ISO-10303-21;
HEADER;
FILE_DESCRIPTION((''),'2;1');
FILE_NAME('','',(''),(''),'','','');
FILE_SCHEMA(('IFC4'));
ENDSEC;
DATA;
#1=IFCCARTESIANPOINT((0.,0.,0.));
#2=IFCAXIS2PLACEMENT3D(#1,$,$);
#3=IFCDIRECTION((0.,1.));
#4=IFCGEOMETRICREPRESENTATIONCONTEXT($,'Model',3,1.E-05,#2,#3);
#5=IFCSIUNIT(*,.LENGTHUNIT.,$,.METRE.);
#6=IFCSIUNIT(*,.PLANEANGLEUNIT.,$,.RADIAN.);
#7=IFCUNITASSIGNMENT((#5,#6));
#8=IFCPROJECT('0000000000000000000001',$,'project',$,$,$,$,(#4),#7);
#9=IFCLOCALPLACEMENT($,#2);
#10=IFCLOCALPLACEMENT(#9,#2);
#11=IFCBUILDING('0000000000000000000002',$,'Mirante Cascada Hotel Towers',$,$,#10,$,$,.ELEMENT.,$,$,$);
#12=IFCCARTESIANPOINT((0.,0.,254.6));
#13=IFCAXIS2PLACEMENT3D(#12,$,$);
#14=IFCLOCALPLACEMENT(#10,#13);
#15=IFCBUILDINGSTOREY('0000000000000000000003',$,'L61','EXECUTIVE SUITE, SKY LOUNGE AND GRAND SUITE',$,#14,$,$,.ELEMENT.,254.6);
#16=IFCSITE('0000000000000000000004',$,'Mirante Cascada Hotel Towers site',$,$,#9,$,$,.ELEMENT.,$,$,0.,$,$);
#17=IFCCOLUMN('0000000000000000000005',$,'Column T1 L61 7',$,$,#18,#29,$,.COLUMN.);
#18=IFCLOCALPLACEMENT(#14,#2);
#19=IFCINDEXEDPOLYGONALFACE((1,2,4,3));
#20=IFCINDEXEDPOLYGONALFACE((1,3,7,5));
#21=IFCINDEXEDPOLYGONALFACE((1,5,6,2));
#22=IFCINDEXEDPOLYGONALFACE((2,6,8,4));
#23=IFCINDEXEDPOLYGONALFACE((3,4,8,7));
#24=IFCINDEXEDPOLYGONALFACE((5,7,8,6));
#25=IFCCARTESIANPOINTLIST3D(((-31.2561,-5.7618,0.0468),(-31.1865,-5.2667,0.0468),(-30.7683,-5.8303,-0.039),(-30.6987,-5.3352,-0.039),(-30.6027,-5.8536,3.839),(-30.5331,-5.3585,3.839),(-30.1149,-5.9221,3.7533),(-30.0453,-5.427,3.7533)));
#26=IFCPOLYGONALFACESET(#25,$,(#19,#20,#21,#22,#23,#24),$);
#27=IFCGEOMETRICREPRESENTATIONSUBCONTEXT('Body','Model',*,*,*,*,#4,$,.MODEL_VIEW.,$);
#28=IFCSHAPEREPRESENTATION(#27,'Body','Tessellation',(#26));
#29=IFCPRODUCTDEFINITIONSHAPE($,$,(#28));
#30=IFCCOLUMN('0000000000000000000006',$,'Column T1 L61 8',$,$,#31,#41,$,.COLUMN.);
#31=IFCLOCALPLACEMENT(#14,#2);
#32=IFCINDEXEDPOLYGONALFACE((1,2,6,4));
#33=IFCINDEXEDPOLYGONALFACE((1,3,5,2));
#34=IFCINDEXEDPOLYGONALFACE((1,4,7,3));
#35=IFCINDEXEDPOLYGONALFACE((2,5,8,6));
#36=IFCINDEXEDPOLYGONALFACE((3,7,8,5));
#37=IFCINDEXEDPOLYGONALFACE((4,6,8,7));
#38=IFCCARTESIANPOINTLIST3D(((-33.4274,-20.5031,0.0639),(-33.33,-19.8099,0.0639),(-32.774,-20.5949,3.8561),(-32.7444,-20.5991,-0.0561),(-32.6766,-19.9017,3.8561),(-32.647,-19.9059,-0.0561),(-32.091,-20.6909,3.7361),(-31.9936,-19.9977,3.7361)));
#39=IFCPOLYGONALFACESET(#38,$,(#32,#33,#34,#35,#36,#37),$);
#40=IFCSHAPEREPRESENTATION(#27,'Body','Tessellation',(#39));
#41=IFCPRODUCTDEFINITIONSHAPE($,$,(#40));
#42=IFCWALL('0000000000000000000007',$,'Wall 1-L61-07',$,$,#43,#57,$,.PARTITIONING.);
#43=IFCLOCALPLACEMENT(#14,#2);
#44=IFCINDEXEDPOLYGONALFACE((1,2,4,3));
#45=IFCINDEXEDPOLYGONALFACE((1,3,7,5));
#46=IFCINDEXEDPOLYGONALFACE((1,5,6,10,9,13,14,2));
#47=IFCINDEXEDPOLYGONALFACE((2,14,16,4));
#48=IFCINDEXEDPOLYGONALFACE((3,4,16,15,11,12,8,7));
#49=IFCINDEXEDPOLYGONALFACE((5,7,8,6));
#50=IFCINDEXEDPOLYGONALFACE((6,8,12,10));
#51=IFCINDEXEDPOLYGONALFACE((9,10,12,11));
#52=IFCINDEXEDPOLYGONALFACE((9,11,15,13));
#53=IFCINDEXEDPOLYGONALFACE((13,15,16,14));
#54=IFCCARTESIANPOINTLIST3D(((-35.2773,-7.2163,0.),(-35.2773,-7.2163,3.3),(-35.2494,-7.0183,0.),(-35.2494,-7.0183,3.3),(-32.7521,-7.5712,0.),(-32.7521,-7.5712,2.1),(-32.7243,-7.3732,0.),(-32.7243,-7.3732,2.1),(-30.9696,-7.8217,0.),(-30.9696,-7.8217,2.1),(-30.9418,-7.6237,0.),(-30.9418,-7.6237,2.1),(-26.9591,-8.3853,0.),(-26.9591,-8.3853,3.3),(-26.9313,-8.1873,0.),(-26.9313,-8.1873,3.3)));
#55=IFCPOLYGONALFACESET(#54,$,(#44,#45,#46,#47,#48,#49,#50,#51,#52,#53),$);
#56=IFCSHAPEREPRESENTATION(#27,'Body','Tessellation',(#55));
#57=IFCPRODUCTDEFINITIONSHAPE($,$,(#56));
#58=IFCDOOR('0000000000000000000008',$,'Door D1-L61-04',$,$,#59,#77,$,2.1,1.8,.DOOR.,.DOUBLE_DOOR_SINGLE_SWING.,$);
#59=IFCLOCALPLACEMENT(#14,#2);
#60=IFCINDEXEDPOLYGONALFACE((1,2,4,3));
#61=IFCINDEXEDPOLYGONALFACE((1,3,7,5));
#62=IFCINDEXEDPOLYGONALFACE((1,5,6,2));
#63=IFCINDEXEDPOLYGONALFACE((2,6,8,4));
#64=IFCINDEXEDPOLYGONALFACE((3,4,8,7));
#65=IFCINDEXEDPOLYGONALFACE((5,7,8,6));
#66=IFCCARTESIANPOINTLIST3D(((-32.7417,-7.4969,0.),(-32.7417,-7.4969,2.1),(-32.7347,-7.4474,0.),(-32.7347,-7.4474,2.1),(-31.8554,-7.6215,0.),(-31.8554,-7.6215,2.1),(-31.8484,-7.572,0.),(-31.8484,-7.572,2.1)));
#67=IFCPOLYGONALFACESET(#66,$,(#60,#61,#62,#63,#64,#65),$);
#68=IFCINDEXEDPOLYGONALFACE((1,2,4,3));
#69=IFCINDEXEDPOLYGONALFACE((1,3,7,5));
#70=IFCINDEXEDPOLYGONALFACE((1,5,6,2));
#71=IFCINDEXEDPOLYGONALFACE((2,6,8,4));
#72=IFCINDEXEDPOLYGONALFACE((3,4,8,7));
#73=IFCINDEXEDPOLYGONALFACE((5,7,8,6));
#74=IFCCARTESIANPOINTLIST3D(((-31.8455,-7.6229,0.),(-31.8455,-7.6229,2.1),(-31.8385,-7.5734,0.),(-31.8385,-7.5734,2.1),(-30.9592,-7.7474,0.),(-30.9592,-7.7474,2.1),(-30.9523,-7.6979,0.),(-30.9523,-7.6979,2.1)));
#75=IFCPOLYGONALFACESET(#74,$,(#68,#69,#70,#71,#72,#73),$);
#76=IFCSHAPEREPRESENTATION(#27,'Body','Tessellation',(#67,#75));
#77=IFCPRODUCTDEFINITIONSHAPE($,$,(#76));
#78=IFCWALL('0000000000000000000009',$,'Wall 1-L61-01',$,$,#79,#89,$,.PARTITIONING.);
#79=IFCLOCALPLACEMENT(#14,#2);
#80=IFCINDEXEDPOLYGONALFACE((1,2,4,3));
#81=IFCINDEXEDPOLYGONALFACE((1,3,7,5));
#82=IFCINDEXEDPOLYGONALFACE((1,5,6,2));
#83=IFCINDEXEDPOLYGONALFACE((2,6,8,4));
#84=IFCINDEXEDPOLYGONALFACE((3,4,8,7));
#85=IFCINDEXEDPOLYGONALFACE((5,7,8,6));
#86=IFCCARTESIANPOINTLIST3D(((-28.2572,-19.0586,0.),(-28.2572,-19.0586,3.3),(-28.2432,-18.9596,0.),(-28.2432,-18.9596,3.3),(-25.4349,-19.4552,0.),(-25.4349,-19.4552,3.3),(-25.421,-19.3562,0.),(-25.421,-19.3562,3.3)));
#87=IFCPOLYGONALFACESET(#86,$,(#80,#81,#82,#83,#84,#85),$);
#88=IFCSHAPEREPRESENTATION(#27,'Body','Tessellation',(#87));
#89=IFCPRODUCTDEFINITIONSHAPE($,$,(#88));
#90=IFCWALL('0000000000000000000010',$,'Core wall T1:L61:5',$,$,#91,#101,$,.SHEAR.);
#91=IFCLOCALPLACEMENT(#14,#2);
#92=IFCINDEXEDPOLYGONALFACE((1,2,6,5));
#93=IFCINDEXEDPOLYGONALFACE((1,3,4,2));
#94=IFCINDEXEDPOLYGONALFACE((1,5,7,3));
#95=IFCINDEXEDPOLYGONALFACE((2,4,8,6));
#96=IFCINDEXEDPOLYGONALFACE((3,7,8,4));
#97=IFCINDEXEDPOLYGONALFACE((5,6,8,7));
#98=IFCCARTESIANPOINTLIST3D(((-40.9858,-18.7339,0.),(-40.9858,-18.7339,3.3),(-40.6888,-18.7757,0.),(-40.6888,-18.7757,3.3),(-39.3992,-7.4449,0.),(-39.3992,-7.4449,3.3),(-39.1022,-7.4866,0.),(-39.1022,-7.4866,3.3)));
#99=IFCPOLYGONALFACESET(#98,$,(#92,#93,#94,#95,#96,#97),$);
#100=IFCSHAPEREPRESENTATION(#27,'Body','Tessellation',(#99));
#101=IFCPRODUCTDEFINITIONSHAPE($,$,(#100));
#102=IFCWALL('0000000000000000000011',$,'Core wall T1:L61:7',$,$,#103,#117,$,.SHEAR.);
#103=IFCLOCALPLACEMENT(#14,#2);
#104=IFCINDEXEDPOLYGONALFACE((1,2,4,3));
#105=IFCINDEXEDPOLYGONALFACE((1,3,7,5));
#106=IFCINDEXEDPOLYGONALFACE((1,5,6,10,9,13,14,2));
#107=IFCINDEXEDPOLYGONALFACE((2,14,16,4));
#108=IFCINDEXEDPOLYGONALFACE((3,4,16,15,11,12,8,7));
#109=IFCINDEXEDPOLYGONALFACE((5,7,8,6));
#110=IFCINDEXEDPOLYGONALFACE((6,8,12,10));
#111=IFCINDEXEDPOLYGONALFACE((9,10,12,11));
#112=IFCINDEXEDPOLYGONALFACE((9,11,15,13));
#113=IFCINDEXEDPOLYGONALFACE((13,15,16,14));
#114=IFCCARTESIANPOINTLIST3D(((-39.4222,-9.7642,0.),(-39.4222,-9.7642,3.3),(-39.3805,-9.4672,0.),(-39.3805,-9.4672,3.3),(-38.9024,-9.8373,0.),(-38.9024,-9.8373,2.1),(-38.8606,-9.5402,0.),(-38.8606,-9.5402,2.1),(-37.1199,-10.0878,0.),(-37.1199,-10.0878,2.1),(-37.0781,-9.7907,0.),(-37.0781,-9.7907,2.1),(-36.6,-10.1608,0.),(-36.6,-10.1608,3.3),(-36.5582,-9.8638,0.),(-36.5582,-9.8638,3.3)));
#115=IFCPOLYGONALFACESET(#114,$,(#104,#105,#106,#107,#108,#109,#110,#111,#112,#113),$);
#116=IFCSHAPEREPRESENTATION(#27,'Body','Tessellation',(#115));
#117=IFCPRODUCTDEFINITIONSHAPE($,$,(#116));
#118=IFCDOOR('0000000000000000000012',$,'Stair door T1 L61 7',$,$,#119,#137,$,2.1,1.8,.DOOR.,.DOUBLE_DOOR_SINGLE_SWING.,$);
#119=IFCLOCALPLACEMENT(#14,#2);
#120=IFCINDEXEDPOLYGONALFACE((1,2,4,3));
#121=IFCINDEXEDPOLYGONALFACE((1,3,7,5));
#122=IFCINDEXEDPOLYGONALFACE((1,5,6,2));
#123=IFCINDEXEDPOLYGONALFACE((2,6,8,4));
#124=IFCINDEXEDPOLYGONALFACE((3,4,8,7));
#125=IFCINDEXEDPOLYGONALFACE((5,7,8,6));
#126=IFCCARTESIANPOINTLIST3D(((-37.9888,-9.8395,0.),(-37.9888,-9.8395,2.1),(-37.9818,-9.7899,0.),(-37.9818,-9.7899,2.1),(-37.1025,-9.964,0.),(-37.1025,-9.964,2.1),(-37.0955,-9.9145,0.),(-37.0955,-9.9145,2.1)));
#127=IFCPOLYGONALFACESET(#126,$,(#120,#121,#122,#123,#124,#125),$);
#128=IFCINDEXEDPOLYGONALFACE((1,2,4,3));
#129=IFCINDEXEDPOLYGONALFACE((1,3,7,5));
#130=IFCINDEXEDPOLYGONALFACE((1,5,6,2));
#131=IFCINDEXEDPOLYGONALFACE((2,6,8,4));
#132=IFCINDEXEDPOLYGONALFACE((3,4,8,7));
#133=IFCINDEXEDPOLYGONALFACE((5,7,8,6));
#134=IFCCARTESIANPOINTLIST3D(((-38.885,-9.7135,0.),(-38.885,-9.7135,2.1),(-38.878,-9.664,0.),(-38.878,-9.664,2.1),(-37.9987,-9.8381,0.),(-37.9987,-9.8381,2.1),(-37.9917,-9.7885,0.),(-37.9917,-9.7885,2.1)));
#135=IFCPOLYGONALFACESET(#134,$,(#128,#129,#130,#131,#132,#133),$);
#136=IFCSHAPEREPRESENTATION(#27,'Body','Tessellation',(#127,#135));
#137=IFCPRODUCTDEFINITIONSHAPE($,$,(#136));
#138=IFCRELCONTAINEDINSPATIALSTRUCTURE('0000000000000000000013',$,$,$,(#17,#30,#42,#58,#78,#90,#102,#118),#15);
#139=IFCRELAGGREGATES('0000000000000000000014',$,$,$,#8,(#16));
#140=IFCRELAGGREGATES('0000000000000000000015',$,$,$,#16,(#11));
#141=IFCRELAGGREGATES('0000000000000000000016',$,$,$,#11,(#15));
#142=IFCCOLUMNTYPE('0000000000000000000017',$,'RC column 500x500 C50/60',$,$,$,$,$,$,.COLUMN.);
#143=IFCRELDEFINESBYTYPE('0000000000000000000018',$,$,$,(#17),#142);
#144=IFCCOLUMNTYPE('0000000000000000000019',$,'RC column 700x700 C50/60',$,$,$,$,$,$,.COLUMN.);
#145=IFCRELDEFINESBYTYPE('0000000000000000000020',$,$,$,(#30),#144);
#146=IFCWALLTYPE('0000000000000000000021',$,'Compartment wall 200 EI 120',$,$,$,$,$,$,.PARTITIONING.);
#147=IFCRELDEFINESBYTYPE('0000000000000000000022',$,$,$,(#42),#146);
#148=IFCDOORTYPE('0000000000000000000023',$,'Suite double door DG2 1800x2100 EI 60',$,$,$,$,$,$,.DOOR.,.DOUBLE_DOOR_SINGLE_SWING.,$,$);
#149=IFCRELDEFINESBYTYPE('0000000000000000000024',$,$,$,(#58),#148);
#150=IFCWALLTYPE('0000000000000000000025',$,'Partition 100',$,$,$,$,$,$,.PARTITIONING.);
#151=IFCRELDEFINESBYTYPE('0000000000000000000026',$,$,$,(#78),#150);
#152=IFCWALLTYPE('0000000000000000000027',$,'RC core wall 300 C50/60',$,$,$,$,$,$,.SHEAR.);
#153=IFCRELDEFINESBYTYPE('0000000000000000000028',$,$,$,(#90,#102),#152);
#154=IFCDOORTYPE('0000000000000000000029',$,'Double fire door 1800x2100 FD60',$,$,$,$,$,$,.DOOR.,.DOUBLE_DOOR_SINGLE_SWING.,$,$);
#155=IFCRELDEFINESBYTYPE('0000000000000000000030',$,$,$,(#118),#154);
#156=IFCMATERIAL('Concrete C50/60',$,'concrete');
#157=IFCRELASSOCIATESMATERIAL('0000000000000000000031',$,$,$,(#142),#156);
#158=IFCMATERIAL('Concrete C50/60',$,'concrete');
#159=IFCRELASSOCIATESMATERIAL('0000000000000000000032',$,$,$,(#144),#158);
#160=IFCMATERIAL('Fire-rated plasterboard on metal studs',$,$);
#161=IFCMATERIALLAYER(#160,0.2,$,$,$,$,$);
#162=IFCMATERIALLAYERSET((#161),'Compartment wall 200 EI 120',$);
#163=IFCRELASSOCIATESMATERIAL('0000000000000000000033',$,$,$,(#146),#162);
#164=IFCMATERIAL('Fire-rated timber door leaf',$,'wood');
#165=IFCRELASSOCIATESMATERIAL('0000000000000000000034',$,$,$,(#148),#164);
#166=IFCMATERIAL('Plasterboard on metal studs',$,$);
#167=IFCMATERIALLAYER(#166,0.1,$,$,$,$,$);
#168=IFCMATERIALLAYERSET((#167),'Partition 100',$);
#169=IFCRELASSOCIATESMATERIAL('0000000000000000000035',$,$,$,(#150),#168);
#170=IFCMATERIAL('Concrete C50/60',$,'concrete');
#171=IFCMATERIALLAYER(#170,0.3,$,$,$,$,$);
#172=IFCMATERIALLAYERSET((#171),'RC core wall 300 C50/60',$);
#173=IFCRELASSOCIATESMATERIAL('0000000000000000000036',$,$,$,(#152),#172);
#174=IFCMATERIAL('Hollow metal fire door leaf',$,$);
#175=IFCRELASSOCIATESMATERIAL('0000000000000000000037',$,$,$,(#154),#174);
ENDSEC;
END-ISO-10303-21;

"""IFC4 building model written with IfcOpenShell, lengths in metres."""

from ifc_helpers import new_model, si_unit, direction, frame, frame_2d, origin, origin_2d, place, context, subcontext, project, spatial, rectangle, extrude, material, layer, layer_set, material_profile, profile_set, type_object, element, fill, save


model = new_model("IFC4")

# Units and contexts
model_context = context("Model", 3, precision=1e-05, world=origin(), true_north=direction((0.0, 1.0)))
body_context = subcontext(model_context, "Body", "Model", "MODEL_VIEW")
ifc_project = project(units=[si_unit("LENGTHUNIT", "METRE"), si_unit("PLANEANGLEUNIT", "RADIAN")], contexts=[model_context])

# Site, building, storey
site_placement = place(None, origin())
site = spatial("IfcSite", under=ifc_project, at=site_placement, Name="Mirante Cascada Hotel Towers site", CompositionType="ELEMENT", RefElevation=0.0)
building_placement = place(site_placement, origin())
building = spatial("IfcBuilding", under=site, at=building_placement, Name="Mirante Cascada Hotel Towers", CompositionType="ELEMENT")
storey_placement = place(building_placement, frame((0.0, 0.0, 254.6)))
storey = spatial("IfcBuildingStorey", under=building, at=storey_placement, Name="L61", Description="EXECUTIVE SUITE, SKY LOUNGE AND GRAND SUITE", CompositionType="ELEMENT", Elevation=254.6)

# Columns
ifc_material_1 = material(Name="Concrete C50/60", Category="concrete")
ifc_material_profile_1 = material_profile(ifc_material_1, rectangle(XDim=0.5, YDim=0.5, at=origin_2d()), Name="RC column 500x500 C50/60")
ifc_profile_set_1 = profile_set([ifc_material_profile_1], Name="Concrete C50/60")
column_type_1 = type_object("IfcColumnType", Name="RC column 500x500 C50/60", PredefinedType="COLUMN", material=ifc_profile_set_1)
column_1_placement = place(storey_placement, frame((-30.9774, -5.5485, 0.0039), z_axis=(0.169751, -0.023849, 0.985198), x_axis=(0.139129, 0.990274, 0.0)))
element("IfcColumn", 1, at=column_1_placement, inside=storey, type_object=column_type_1, Name="Column T1 L61 7", PredefinedType="COLUMN", context=body_context, shape_type="SweptSolid", body=[
    extrude(rectangle(XDim=0.5, YDim=0.5, at=origin_2d()), origin(), (0.0, 0.0, 1.0), 3.8492),
])
ifc_material_2 = material(Name="Concrete C50/60", Category="concrete")
ifc_material_profile_2 = material_profile(ifc_material_2, rectangle(XDim=0.7, YDim=0.7, at=origin_2d()), Name="RC column 700x700 C50/60")
ifc_profile_set_2 = profile_set([ifc_material_profile_2], Name="Concrete C50/60")
column_type_2 = type_object("IfcColumnType", Name="RC column 700x700 C50/60", PredefinedType="COLUMN", material=ifc_profile_set_2)
column_2_placement = place(storey_placement, frame((-33.0372, -20.2045, 0.0039), z_axis=(0.169751, -0.023849, 0.985198), x_axis=(0.139129, 0.990274, 0.0)))
element("IfcColumn", 2, at=column_2_placement, inside=storey, type_object=column_type_2, Name="Column T1 L61 8", PredefinedType="COLUMN", context=body_context, shape_type="SweptSolid", body=[
    extrude(rectangle(XDim=0.7, YDim=0.7, at=origin_2d()), origin(), (0.0, 0.0, 1.0), 3.8492),
])

# Wall, opening, door
ifc_material_3 = material(Name="Fire-rated plasterboard on metal studs")
ifc_layer_1 = layer(ifc_material_3, 0.2)
ifc_layer_set_1 = layer_set([ifc_layer_1], Name="Compartment wall 200 EI 120")
wall_type_1 = type_object("IfcWallType", Name="Compartment wall 200 EI 120", PredefinedType="PARTITIONING", material=ifc_layer_set_1)
wall_1_placement = place(storey_placement, frame((-35.2634, -7.1173, 0.0), z_axis=(0.0, 0.0, 1.0), x_axis=(0.990269, -0.139168, 0.0)))
wall_1 = element("IfcWall", 3, at=wall_1_placement, inside=storey, type_object=wall_type_1, Name="Wall 1-L61-07", PredefinedType="PARTITIONING", context=body_context, shape_type="SweptSolid", body=[
    extrude(rectangle(XDim=8.3999, YDim=0.2, at=frame_2d((4.2, 0.0))), origin(), (0.0, 0.0, 1.0), 3.3),
])
opening_1_placement = place(wall_1_placement, frame((2.55, 0.0, 0.0)))
opening_1 = element("IfcOpeningElement", 4, at=opening_1_placement, cuts=wall_1, PredefinedType="OPENING", context=body_context, shape_type="SweptSolid", body=[
    extrude(rectangle(XDim=1.8, YDim=2.1, at=frame_2d((0.9, 1.05))), frame((0.0, 0.1, 0.0), z_axis=(0.0, -1.0, 0.0), x_axis=(1.0, 0.0, 0.0)), (0.0, 0.0, 1.0), 0.2),
])
ifc_material_4 = material(Name="Fire-rated timber door leaf", Category="wood")
door_type_1 = type_object("IfcDoorType", Name="Suite double door DG2 1800x2100 EI 60", OperationType="DOUBLE_DOOR_SINGLE_SWING", PredefinedType="DOOR", material=ifc_material_4)
door_1_placement = place(opening_1_placement, origin())
door_1 = element("IfcDoor", 5, at=door_1_placement, inside=storey, type_object=door_type_1, Name="Door D1-L61-04", OperationType="DOUBLE_DOOR_SINGLE_SWING", OverallHeight=2.1, OverallWidth=1.8, PredefinedType="DOOR", context=body_context, shape_type="SweptSolid", body=[
    extrude(rectangle(XDim=0.895, YDim=2.1, at=frame_2d((0.4475, 1.05))), frame((0.0, 0.025, 0.0), z_axis=(0.0, -1.0, 0.0), x_axis=(1.0, 0.0, 0.0)), (0.0, 0.0, 1.0), 0.05),
    extrude(rectangle(XDim=0.895, YDim=2.1, at=frame_2d((1.3525, 1.05))), frame((0.0, 0.025, 0.0), z_axis=(0.0, -1.0, 0.0), x_axis=(1.0, 0.0, 0.0)), (0.0, 0.0, 1.0), 0.05),
])
fill(opening_1, door_1)

# Walls
ifc_material_5 = material(Name="Plasterboard on metal studs")
ifc_layer_2 = layer(ifc_material_5, 0.1)
ifc_layer_set_2 = layer_set([ifc_layer_2], Name="Partition 100")
wall_type_2 = type_object("IfcWallType", Name="Partition 100", PredefinedType="PARTITIONING", material=ifc_layer_set_2)
wall_2_placement = place(storey_placement, frame((-28.2502, -19.0091, 0.0), z_axis=(0.0, 0.0, 1.0), x_axis=(0.99027, -0.139156, 0.0)))
element("IfcWall", 6, at=wall_2_placement, inside=storey, type_object=wall_type_2, Name="Wall 1-L61-01", PredefinedType="PARTITIONING", context=body_context, shape_type="SweptSolid", body=[
    extrude(rectangle(XDim=2.85, YDim=0.1, at=frame_2d((1.425, 0.0))), origin(), (0.0, 0.0, 1.0), 3.3),
])
ifc_material_6 = material(Name="Concrete C50/60", Category="concrete")
ifc_layer_3 = layer(ifc_material_6, 0.3)
ifc_layer_set_3 = layer_set([ifc_layer_3], Name="RC core wall 300 C50/60")
wall_type_3 = type_object("IfcWallType", Name="RC core wall 300 C50/60", PredefinedType="SHEAR", material=ifc_layer_set_3)
wall_3_placement = place(storey_placement, frame((-40.8373, -18.7548, 0.0), z_axis=(0.0, 0.0, 1.0), x_axis=(0.139175, 0.990268, 0.0)))
element("IfcWall", 7, at=wall_3_placement, inside=storey, type_object=wall_type_3, Name="Core wall T1:L61:5", PredefinedType="SHEAR", context=body_context, shape_type="SweptSolid", body=[
    extrude(rectangle(XDim=11.4, YDim=0.3, at=frame_2d((5.7, 0.0))), origin(), (0.0, 0.0, 1.0), 3.3),
])

# Wall, opening, door
wall_4_placement = place(storey_placement, frame((-36.5791, -10.0123, 0.0), z_axis=(0.0, 0.0, 1.0), x_axis=(-0.99027, 0.139156, 0.0)))
wall_4 = element("IfcWall", 8, at=wall_4_placement, inside=storey, type_object=wall_type_3, Name="Core wall T1:L61:7", PredefinedType="SHEAR", context=body_context, shape_type="SweptSolid", body=[
    extrude(rectangle(XDim=2.85, YDim=0.3, at=frame_2d((1.425, 0.0))), origin(), (0.0, 0.0, 1.0), 3.3),
])
opening_2_placement = place(wall_4_placement, frame((0.525, 0.0, 0.0)))
opening_2 = element("IfcOpeningElement", 9, at=opening_2_placement, cuts=wall_4, PredefinedType="OPENING", context=body_context, shape_type="SweptSolid", body=[
    extrude(rectangle(XDim=1.8, YDim=2.1, at=frame_2d((0.9, 1.05))), frame((0.0, 0.15, 0.0), z_axis=(0.0, -1.0, 0.0), x_axis=(1.0, 0.0, 0.0)), (0.0, 0.0, 1.0), 0.3),
])
ifc_material_7 = material(Name="Hollow metal fire door leaf")
door_type_2 = type_object("IfcDoorType", Name="Double fire door 1800x2100 FD60", OperationType="DOUBLE_DOOR_SINGLE_SWING", PredefinedType="DOOR", material=ifc_material_7)
door_2_placement = place(opening_2_placement, origin())
door_2 = element("IfcDoor", 10, at=door_2_placement, inside=storey, type_object=door_type_2, Name="Stair door T1 L61 7", OperationType="DOUBLE_DOOR_SINGLE_SWING", OverallHeight=2.1, OverallWidth=1.8, PredefinedType="DOOR", context=body_context, shape_type="SweptSolid", body=[
    extrude(rectangle(XDim=0.895, YDim=2.1, at=frame_2d((0.4475, 1.05))), frame((0.0, 0.025, 0.0), z_axis=(0.0, -1.0, 0.0), x_axis=(1.0, 0.0, 0.0)), (0.0, 0.0, 1.0), 0.05),
    extrude(rectangle(XDim=0.895, YDim=2.1, at=frame_2d((1.3525, 1.05))), frame((0.0, 0.025, 0.0), z_axis=(0.0, -1.0, 0.0), x_axis=(1.0, 0.0, 0.0)), (0.0, 0.0, 1.0), 0.05),
])
fill(opening_2, door_2)

save(model, "model.ifc")
